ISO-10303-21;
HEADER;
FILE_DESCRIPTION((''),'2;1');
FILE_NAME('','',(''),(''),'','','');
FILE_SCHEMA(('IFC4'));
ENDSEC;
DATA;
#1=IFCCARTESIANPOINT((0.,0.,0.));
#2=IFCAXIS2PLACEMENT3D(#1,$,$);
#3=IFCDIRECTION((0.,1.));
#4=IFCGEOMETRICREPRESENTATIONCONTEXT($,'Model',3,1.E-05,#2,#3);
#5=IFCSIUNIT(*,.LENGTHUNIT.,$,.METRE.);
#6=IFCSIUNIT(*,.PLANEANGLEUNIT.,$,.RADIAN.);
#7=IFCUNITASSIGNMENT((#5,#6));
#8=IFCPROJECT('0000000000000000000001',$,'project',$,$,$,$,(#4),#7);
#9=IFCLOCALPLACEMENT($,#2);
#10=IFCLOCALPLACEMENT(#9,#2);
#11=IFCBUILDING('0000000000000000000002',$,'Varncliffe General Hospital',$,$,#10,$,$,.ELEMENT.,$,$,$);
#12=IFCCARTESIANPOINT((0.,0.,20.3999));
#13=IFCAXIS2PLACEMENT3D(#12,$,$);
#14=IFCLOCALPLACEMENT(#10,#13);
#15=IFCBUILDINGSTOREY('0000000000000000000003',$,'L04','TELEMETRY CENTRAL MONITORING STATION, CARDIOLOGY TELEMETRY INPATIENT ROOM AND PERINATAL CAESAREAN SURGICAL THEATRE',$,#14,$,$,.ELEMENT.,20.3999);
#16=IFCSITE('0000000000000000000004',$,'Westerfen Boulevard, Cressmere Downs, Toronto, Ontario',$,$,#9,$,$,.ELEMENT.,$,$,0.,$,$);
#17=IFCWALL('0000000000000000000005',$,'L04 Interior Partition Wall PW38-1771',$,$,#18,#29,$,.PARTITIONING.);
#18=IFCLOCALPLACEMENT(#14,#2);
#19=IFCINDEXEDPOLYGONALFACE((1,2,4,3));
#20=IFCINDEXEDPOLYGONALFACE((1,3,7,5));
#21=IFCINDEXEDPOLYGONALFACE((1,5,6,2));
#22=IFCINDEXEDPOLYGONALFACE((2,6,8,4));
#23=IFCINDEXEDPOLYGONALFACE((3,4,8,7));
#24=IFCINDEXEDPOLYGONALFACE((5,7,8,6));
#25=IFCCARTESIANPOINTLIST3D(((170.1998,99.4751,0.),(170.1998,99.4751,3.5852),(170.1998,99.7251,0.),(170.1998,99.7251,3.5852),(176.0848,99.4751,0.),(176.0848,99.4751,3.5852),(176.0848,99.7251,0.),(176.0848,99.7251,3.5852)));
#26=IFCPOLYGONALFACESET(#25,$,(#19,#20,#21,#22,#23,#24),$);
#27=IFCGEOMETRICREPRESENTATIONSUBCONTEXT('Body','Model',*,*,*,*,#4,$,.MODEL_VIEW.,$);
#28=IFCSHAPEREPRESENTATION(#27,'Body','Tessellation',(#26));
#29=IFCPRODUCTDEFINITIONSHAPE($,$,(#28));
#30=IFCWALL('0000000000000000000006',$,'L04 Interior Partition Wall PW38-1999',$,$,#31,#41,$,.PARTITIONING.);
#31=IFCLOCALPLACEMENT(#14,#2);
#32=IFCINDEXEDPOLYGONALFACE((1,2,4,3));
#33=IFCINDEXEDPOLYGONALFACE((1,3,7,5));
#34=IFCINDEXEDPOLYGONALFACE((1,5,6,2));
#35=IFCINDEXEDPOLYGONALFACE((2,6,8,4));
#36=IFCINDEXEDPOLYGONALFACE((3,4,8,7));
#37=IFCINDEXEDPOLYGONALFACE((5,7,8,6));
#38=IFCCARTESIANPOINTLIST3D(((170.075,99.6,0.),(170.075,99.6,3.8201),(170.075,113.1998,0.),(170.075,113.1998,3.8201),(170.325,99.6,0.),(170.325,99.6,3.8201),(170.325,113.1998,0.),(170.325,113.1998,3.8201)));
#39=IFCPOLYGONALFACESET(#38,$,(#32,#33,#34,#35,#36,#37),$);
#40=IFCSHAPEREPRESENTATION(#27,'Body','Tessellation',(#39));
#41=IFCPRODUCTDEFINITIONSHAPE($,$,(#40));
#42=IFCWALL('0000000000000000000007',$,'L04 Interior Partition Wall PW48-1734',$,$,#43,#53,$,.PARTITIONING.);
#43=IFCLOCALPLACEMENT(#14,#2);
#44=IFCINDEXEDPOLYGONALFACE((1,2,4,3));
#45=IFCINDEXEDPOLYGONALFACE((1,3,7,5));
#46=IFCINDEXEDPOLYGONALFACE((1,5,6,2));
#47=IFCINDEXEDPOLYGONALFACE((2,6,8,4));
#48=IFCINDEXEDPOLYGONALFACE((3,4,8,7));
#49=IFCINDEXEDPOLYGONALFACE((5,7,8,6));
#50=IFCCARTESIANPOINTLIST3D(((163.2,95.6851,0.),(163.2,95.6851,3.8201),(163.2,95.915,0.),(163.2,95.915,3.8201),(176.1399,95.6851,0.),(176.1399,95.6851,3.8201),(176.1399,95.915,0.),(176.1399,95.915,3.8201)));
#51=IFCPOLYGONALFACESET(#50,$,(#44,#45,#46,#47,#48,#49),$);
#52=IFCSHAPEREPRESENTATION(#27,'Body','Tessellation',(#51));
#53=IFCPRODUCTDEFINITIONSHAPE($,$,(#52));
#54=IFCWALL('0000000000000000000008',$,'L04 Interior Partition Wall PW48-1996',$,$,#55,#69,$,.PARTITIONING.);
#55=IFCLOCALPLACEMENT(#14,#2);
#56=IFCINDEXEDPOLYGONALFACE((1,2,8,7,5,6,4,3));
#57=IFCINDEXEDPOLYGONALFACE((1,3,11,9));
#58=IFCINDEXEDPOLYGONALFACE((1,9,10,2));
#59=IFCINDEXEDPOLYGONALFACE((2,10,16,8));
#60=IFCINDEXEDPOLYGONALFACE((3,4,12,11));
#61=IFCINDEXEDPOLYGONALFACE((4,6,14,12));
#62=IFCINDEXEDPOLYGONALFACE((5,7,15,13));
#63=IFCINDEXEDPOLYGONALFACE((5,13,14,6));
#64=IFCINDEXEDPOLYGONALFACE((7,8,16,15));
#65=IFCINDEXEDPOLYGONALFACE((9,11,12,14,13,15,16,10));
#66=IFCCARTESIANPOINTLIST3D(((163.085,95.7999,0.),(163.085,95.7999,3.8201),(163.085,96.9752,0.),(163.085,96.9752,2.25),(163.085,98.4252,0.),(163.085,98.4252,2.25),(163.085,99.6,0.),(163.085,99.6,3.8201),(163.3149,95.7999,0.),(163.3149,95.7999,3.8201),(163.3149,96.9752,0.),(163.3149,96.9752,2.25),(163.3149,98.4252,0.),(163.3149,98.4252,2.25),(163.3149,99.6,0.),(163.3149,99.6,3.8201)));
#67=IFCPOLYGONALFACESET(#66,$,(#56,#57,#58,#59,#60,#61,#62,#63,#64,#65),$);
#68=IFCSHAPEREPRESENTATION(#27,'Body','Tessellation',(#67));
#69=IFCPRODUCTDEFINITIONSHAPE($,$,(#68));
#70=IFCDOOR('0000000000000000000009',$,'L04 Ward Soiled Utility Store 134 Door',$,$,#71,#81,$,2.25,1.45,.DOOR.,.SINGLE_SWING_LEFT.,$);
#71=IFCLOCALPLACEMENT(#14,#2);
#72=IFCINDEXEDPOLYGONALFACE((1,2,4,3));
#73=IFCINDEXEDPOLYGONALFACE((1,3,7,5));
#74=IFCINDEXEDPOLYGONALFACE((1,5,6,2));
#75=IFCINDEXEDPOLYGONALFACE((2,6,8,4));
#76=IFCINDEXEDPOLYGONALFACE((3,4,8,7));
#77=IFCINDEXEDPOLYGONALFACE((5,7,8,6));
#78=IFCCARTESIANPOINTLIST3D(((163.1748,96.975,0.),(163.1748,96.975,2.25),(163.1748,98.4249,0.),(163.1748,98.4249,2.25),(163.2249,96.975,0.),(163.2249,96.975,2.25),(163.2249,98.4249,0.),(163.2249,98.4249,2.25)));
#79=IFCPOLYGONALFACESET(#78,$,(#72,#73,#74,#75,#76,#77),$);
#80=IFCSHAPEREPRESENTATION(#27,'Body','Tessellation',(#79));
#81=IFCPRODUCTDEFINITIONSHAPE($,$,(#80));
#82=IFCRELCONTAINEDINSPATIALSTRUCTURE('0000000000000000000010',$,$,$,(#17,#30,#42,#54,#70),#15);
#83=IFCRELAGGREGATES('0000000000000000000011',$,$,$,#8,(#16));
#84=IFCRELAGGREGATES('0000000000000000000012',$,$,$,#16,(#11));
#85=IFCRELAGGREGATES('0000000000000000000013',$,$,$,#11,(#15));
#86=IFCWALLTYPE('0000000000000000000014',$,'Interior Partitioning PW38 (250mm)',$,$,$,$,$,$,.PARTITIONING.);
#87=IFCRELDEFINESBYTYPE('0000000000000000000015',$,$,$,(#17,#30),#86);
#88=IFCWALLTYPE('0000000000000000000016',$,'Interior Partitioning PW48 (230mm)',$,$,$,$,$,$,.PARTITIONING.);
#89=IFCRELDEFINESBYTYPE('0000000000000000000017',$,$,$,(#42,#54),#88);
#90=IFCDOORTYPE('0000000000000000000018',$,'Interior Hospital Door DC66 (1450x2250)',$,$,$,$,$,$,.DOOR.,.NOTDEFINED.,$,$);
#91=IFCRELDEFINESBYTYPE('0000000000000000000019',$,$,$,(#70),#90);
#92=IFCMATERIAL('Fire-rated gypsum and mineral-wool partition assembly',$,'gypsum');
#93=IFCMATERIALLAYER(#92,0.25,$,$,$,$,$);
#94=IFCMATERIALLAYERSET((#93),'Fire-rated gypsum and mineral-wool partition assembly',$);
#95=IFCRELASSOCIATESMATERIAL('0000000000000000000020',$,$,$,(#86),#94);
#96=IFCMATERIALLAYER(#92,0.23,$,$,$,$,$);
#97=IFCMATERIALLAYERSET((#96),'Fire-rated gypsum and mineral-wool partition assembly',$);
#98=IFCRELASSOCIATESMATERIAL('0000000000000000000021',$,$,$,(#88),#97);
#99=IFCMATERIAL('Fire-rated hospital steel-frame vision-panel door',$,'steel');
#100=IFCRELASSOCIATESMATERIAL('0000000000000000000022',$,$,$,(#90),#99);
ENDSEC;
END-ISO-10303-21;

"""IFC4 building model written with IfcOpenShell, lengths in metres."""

from ifc_helpers import new_model, si_unit, direction, frame, frame_2d, origin, place, context, subcontext, project, spatial, rectangle, extrude, material, layer, layer_set, type_object, element, fill, save


model = new_model("IFC4")

# Units and contexts
model_context = context("Model", 3, precision=1e-05, world=origin(), true_north=direction((0.0, 1.0)))
body_context = subcontext(model_context, "Body", "Model", "MODEL_VIEW")
ifc_project = project(units=[si_unit("LENGTHUNIT", "METRE"), si_unit("PLANEANGLEUNIT", "RADIAN")], contexts=[model_context])

# Site, building, storey
site_placement = place(None, origin())
site = spatial("IfcSite", under=ifc_project, at=site_placement, Name="Westerfen Boulevard, Cressmere Downs, Toronto, Ontario", CompositionType="ELEMENT", RefElevation=0.0)
building_placement = place(site_placement, origin())
building = spatial("IfcBuilding", under=site, at=building_placement, Name="Varncliffe General Hospital", CompositionType="ELEMENT")
storey_placement = place(building_placement, frame((0.0, 0.0, 20.3999)))
storey = spatial("IfcBuildingStorey", under=building, at=storey_placement, Name="L04", Description="TELEMETRY CENTRAL MONITORING STATION, CARDIOLOGY TELEMETRY INPATIENT ROOM AND PERINATAL CAESAREAN SURGICAL THEATRE", CompositionType="ELEMENT", Elevation=20.3999)

# Walls
ifc_material_1 = material(Name="Fire-rated gypsum and mineral-wool partition assembly", Category="gypsum")
ifc_layer_1 = layer(ifc_material_1, 0.25)
ifc_layer_set_1 = layer_set([ifc_layer_1], Name="Fire-rated gypsum and mineral-wool partition assembly")
wall_type_1 = type_object("IfcWallType", Name="Interior Partitioning PW38 (250mm)", PredefinedType="PARTITIONING", material=ifc_layer_set_1)
wall_1_placement = place(storey_placement, frame((170.2, 99.6001, 0.0), z_axis=(0.0, 0.0, 1.0), x_axis=(1.0, 0.0, 0.0)))
element("IfcWall", 1, at=wall_1_placement, inside=storey, type_object=wall_type_1, Name="L04 Interior Partition Wall PW38-1771", PredefinedType="PARTITIONING", context=body_context, shape_type="SweptSolid", body=[
    extrude(rectangle(XDim=5.885, YDim=0.25, at=frame_2d((2.9424, 0.0))), origin(), (0.0, 0.0, 1.0), 3.5852),
])
wall_2_placement = place(storey_placement, frame((170.2, 99.6001, 0.0), z_axis=(0.0, 0.0, 1.0), x_axis=(0.0, 1.0, 0.0)))
element("IfcWall", 2, at=wall_2_placement, inside=storey, type_object=wall_type_1, Name="L04 Interior Partition Wall PW38-1999", PredefinedType="PARTITIONING", context=body_context, shape_type="SweptSolid", body=[
    extrude(rectangle(XDim=13.5999, YDim=0.25, at=frame_2d((6.7998, 0.0))), origin(), (0.0, 0.0, 1.0), 3.8201),
])
ifc_layer_2 = layer(ifc_material_1, 0.23)
ifc_layer_set_2 = layer_set([ifc_layer_2], Name="Fire-rated gypsum and mineral-wool partition assembly")
wall_type_2 = type_object("IfcWallType", Name="Interior Partitioning PW48 (230mm)", PredefinedType="PARTITIONING", material=ifc_layer_set_2)
wall_3_placement = place(storey_placement, frame((163.2, 95.8, 0.0), z_axis=(0.0, 0.0, 1.0), x_axis=(1.0, 0.0, 0.0)))
element("IfcWall", 3, at=wall_3_placement, inside=storey, type_object=wall_type_2, Name="L04 Interior Partition Wall PW48-1734", PredefinedType="PARTITIONING", context=body_context, shape_type="SweptSolid", body=[
    extrude(rectangle(XDim=12.9399, YDim=0.23, at=frame_2d((6.47, 0.0))), origin(), (0.0, 0.0, 1.0), 3.8201),
])

# Wall, opening, door
ifc_material_2 = material(Name="Fire-rated hospital steel-frame vision-panel door", Category="steel")
wall_4_placement = place(storey_placement, frame((163.2, 95.8, 0.0), z_axis=(0.0, 0.0, 1.0), x_axis=(0.0, 1.0, 0.0)))
wall_4 = element("IfcWall", 4, at=wall_4_placement, inside=storey, type_object=wall_type_2, Name="L04 Interior Partition Wall PW48-1996", PredefinedType="PARTITIONING", context=body_context, shape_type="SweptSolid", body=[
    extrude(rectangle(XDim=3.8, YDim=0.23, at=frame_2d((1.8999, 0.0))), origin(), (0.0, 0.0, 1.0), 3.8201),
])
opening_1_placement = place(wall_4_placement, frame((1.175, 0.0, 0.0)))
opening_1 = element("IfcOpeningElement", 5, at=opening_1_placement, cuts=wall_4, PredefinedType="OPENING", context=body_context, shape_type="SweptSolid", body=[
    extrude(rectangle(XDim=1.45, YDim=2.25, at=frame_2d((0.7251, 1.125))), frame((0.0, 0.125, 0.0), z_axis=(0.0, -1.0, 0.0), x_axis=(1.0, 0.0, 0.0)), (0.0, 0.0, 1.0), 0.25),
])
door_type_1 = type_object("IfcDoorType", Name="Interior Hospital Door DC66 (1450x2250)", OperationType="NOTDEFINED", PredefinedType="DOOR", material=ifc_material_2)
door_1_placement = place(opening_1_placement, frame((1.45, 0.0, 0.0), z_axis=(0.0, 0.0, 1.0), x_axis=(-1.0, 0.0, 0.0)))
door_1 = element("IfcDoor", 6, at=door_1_placement, inside=storey, type_object=door_type_1, Name="L04 Ward Soiled Utility Store 134 Door", OperationType="SINGLE_SWING_LEFT", OverallHeight=2.25, OverallWidth=1.45, PredefinedType="DOOR", context=body_context, shape_type="SweptSolid", body=[
    extrude(rectangle(XDim=1.45, YDim=2.25, at=frame_2d((0.7251, 1.125))), frame((0.0, 0.0249, 0.0), z_axis=(0.0, -1.0, 0.0), x_axis=(1.0, 0.0, 0.0)), (0.0, 0.0, 1.0), 0.05),
])
fill(opening_1, door_1)

save(model, "model.ifc")
